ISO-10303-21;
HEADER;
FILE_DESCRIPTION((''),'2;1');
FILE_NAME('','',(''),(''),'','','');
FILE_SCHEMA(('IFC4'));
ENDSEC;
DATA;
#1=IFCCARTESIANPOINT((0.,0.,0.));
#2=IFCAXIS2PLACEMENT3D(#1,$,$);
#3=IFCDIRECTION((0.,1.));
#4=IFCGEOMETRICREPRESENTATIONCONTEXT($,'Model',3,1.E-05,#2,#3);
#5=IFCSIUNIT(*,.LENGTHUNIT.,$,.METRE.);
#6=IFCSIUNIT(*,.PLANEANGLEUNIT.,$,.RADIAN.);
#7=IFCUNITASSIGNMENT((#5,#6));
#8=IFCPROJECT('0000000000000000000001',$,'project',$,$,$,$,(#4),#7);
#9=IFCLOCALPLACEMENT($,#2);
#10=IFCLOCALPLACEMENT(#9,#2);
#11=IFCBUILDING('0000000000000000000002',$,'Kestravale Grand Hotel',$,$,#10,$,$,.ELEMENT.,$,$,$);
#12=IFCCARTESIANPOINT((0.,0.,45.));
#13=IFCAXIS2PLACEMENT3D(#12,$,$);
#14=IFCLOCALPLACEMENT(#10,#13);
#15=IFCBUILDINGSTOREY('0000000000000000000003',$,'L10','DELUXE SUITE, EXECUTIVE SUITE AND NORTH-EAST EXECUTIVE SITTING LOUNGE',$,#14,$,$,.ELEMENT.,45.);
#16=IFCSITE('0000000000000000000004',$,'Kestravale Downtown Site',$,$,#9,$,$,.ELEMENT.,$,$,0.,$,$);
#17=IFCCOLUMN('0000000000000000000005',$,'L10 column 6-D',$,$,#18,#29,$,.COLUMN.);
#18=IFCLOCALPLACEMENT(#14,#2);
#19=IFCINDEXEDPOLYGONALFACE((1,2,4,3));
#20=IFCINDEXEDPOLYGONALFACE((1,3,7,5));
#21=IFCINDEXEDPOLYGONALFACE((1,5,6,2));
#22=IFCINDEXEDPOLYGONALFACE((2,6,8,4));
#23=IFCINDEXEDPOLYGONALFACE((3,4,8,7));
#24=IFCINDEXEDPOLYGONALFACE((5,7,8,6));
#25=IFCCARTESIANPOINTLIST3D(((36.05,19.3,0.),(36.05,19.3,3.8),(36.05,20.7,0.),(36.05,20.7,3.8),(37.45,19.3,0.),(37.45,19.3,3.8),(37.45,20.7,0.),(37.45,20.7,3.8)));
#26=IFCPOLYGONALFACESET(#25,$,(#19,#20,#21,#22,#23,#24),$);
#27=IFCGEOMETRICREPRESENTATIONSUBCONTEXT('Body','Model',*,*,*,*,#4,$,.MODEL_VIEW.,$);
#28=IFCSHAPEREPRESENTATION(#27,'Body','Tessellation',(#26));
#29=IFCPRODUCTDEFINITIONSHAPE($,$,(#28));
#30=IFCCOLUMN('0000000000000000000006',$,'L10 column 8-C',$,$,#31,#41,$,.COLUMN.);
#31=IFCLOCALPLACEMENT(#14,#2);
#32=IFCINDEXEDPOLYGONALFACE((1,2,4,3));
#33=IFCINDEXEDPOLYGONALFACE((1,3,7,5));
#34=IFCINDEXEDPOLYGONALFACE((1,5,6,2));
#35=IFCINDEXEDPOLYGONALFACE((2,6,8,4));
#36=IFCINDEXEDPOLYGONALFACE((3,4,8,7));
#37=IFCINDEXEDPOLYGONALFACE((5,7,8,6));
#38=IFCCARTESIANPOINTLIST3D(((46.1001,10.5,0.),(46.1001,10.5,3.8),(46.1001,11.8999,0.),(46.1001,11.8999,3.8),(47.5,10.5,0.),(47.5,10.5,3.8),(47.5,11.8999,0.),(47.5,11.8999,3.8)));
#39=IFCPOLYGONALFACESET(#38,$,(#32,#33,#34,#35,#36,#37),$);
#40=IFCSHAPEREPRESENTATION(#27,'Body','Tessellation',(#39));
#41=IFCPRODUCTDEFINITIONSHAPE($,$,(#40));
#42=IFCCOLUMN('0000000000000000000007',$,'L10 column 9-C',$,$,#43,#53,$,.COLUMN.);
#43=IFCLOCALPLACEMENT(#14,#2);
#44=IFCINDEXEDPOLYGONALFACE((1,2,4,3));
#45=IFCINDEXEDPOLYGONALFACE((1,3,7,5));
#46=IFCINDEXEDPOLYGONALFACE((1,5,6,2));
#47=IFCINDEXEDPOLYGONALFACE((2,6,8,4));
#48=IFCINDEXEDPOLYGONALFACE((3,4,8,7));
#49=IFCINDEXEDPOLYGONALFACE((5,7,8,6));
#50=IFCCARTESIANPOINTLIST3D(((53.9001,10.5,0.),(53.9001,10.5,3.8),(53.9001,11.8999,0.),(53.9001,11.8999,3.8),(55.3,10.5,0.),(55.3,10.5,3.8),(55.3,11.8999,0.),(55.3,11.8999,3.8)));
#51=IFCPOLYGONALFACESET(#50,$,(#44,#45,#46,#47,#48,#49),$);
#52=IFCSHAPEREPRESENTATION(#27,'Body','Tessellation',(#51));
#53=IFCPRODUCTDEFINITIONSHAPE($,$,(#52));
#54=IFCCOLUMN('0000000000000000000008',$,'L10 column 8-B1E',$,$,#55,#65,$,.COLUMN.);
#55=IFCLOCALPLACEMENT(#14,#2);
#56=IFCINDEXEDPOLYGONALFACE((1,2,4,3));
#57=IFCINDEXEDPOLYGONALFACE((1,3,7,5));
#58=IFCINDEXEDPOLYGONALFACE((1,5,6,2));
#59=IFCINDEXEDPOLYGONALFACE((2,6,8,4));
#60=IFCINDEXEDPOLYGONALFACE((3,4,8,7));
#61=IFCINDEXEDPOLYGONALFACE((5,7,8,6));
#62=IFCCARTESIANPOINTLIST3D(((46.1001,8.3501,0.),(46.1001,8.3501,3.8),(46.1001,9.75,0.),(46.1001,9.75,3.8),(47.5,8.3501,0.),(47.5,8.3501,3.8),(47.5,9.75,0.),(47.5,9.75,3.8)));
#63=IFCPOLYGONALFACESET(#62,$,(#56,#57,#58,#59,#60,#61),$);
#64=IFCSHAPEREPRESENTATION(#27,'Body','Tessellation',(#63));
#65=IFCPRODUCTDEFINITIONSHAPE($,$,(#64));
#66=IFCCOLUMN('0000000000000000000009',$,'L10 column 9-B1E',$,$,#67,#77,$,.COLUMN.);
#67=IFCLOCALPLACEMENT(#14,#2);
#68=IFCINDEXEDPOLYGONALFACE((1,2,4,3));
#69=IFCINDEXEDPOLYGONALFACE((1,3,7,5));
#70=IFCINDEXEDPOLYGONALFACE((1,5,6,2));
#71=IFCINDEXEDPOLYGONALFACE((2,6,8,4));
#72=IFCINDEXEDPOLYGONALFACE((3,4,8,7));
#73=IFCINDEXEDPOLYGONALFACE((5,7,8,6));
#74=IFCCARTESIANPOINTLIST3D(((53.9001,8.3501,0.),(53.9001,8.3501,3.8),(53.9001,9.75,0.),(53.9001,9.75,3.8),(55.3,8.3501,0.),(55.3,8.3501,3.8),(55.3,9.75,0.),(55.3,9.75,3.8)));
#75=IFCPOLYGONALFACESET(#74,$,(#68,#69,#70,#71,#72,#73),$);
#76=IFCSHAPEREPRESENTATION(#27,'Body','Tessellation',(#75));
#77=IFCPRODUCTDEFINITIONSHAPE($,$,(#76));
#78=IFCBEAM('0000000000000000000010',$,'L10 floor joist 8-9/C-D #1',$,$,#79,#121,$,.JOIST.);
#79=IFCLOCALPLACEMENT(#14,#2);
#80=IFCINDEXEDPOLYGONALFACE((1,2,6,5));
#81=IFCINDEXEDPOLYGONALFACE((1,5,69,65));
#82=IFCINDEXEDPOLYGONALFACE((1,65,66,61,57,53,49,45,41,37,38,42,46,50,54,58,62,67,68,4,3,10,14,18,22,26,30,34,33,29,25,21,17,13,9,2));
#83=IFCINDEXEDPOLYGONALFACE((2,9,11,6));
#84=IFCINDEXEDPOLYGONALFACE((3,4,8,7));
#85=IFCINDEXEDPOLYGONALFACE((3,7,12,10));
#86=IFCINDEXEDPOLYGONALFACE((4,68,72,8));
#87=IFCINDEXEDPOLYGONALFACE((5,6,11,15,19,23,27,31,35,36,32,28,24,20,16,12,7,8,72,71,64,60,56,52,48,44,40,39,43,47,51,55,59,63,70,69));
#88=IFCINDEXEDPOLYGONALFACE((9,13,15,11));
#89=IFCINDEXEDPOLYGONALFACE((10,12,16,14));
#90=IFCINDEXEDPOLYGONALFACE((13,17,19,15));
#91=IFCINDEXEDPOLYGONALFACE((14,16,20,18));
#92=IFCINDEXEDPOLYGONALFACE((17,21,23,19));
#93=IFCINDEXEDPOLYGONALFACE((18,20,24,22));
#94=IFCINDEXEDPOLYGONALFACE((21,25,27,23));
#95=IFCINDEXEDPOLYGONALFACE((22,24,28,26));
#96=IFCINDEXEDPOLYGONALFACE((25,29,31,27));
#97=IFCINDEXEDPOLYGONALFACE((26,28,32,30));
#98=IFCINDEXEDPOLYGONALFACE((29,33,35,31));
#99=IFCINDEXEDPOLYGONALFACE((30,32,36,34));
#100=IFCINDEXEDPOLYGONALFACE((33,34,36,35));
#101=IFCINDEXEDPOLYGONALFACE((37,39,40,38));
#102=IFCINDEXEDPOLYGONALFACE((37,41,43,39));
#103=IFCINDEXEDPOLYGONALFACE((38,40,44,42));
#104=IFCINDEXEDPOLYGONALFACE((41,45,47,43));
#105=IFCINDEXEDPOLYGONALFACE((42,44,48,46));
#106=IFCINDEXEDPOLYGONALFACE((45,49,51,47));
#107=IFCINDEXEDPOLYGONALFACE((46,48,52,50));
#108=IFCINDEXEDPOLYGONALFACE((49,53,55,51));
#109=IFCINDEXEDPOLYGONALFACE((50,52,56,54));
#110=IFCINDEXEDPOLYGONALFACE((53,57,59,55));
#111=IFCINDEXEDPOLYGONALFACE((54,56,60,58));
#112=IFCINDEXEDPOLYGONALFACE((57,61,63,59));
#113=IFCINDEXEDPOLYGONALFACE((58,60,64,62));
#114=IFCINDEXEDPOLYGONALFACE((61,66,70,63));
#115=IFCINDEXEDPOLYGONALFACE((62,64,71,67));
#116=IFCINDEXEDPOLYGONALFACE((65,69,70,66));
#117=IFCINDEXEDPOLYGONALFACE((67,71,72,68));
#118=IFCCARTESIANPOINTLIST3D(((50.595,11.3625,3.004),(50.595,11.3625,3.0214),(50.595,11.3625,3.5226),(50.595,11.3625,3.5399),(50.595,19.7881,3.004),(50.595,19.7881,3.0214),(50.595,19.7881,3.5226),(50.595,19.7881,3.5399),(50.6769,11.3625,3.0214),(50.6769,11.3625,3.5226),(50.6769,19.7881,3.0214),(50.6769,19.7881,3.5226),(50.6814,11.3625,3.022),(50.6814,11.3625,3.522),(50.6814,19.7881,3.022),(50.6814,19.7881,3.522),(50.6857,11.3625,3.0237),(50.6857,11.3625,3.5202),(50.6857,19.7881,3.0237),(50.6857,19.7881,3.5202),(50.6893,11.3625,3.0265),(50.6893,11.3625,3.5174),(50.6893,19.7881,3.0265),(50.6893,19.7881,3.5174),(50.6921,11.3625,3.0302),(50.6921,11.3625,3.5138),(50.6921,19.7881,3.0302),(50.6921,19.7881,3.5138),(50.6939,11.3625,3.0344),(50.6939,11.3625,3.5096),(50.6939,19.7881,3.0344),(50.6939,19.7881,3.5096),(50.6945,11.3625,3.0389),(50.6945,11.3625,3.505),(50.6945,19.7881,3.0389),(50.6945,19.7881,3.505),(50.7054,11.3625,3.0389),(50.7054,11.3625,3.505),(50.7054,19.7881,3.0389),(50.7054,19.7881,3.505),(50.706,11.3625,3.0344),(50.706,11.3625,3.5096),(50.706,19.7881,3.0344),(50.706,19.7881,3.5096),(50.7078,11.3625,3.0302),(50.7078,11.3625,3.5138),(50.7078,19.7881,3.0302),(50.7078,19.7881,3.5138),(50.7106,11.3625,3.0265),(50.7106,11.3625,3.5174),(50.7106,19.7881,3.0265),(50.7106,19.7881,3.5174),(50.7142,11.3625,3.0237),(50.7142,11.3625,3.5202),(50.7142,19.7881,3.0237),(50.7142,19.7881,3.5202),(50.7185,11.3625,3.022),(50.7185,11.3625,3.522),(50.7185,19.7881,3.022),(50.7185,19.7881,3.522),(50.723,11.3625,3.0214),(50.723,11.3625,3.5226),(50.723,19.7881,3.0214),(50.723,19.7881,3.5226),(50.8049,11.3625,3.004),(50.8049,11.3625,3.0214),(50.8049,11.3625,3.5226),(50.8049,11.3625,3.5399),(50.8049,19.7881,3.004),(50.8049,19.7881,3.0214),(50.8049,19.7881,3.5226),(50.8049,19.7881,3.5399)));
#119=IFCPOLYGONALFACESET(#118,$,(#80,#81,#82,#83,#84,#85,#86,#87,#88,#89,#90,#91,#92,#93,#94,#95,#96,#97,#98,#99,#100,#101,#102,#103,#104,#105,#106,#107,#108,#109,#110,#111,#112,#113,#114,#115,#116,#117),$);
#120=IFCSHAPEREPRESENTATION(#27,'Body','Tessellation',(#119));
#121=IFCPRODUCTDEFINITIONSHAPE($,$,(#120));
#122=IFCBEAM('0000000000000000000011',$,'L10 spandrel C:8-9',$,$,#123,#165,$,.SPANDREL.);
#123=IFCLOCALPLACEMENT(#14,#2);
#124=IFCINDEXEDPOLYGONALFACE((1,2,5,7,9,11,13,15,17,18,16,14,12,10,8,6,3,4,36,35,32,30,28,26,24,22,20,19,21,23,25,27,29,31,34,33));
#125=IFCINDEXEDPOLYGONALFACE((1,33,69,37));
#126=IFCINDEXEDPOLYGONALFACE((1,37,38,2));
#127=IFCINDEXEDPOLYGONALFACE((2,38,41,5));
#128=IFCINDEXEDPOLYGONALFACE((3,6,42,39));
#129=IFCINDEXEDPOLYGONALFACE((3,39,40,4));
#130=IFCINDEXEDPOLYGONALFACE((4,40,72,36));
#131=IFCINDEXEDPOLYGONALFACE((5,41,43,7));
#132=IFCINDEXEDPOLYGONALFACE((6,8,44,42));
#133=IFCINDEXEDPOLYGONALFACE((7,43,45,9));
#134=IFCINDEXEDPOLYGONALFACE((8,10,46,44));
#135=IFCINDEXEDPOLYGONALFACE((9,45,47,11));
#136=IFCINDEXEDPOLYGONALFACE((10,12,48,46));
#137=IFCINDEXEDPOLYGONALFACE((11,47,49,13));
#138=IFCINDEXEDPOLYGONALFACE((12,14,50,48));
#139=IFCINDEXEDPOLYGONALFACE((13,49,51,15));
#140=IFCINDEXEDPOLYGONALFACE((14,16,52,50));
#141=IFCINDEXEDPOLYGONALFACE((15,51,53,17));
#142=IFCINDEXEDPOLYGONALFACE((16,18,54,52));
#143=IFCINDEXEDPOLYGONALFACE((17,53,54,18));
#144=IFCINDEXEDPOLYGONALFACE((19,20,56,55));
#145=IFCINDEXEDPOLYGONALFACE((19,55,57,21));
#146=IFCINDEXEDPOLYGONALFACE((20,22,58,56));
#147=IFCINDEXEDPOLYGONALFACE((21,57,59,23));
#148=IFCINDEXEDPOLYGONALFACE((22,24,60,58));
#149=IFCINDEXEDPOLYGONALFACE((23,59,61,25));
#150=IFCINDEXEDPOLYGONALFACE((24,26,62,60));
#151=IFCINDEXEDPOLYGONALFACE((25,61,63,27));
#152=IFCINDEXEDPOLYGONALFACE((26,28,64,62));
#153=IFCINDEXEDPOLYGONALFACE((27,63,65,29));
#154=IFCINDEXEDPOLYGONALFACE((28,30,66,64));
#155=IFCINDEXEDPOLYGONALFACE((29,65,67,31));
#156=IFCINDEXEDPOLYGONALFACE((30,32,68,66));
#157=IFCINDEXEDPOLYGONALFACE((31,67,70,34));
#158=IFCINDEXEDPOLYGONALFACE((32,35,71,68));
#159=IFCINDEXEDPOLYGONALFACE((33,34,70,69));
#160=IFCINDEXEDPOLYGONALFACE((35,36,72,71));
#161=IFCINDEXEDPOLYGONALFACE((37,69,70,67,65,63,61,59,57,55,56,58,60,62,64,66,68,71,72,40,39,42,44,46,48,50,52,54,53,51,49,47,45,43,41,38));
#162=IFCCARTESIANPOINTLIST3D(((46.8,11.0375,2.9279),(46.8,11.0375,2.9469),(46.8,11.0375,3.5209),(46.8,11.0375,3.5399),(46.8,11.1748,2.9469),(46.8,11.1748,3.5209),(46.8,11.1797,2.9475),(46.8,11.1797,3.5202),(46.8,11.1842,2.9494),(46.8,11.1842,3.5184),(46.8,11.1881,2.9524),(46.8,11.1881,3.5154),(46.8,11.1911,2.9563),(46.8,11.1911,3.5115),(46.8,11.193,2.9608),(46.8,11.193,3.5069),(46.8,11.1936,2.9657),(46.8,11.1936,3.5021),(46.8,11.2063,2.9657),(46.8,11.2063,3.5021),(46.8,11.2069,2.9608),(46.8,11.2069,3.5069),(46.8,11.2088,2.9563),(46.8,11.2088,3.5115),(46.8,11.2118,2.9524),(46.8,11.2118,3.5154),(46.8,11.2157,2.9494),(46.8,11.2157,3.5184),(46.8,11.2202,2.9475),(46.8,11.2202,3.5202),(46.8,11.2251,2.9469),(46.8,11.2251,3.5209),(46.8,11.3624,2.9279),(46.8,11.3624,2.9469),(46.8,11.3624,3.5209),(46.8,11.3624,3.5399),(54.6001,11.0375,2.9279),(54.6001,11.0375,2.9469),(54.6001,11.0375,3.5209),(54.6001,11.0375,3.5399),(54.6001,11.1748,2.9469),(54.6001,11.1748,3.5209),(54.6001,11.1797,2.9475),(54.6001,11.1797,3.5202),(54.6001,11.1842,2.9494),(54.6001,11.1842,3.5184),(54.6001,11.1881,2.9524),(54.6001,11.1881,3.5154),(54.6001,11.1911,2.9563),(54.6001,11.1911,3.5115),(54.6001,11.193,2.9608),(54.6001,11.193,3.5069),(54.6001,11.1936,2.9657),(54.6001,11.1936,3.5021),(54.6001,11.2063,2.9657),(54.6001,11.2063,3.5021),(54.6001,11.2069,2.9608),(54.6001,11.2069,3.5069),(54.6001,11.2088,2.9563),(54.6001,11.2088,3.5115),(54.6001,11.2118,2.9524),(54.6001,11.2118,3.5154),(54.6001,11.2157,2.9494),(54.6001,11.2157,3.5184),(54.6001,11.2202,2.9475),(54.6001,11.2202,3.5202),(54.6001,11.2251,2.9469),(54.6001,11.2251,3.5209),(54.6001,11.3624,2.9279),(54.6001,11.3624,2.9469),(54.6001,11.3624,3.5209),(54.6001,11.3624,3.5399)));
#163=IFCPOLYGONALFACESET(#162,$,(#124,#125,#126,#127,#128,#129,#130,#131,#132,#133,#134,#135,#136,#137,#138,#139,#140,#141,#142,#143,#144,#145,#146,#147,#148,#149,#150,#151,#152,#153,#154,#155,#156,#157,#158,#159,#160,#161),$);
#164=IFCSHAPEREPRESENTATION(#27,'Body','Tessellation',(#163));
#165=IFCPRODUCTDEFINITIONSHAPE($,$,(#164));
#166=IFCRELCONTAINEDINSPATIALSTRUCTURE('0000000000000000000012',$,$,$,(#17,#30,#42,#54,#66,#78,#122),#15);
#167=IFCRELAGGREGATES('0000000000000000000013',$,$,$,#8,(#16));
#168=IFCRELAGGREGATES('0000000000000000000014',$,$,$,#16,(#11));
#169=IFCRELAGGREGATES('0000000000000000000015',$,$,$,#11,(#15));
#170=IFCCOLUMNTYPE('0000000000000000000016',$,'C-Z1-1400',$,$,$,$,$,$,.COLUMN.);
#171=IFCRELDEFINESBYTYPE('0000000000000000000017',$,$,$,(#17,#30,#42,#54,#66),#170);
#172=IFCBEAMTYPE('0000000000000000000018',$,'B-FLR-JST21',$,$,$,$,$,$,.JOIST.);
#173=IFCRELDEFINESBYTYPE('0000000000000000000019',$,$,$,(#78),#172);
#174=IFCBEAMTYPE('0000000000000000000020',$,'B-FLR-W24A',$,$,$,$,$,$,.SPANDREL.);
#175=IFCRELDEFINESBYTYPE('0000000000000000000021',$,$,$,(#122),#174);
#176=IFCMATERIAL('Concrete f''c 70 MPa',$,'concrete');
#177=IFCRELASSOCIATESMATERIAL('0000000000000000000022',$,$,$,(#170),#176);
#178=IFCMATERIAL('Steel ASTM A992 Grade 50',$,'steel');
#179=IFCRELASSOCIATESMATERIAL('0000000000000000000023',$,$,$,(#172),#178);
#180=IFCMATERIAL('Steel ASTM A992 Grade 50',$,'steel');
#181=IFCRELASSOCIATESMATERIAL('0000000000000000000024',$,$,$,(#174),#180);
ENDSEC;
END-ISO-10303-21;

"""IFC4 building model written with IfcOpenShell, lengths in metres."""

from ifc_helpers import new_model, si_unit, direction, frame, origin, origin_2d, place, context, subcontext, project, spatial, rectangle, i_section, extrude, material, material_profile, profile_set, type_object, element, save


model = new_model("IFC4")

# Units and contexts
model_context = context("Model", 3, precision=1e-05, world=origin(), true_north=direction((0.0, 1.0)))
body_context = subcontext(model_context, "Body", "Model", "MODEL_VIEW")
ifc_project = project(units=[si_unit("LENGTHUNIT", "METRE"), si_unit("PLANEANGLEUNIT", "RADIAN")], contexts=[model_context])

# Site, building, storey
site_placement = place(None, origin())
site = spatial("IfcSite", under=ifc_project, at=site_placement, Name="Kestravale Downtown Site", CompositionType="ELEMENT", RefElevation=0.0)
building_placement = place(site_placement, origin())
building = spatial("IfcBuilding", under=site, at=building_placement, Name="Kestravale Grand Hotel", CompositionType="ELEMENT")
storey_placement = place(building_placement, frame((0.0, 0.0, 45.0)))
storey = spatial("IfcBuildingStorey", under=building, at=storey_placement, Name="L10", Description="DELUXE SUITE, EXECUTIVE SUITE AND NORTH-EAST EXECUTIVE SITTING LOUNGE", CompositionType="ELEMENT", Elevation=45.0)

# Columns
ifc_material_1 = material(Name="Concrete f'c 70 MPa", Category="concrete")
ifc_material_profile_1 = material_profile(ifc_material_1, rectangle(XDim=1.3999, YDim=1.3999, at=origin_2d()))
ifc_profile_set_1 = profile_set([ifc_material_profile_1], Name="Concrete f'c 70 MPa")
column_type = type_object("IfcColumnType", Name="C-Z1-1400", PredefinedType="COLUMN", material=ifc_profile_set_1)
for number, where, z_axis, x_axis, name in (
    (1, (36.75, 20.0, 0.0), (0.0, 0.0, 1.0), (1.0, 0.0, 0.0), "L10 column 6-D"),
    (2, (46.8, 11.2, 0.0), (0.0, 0.0, 1.0), (1.0, 0.0, 0.0), "L10 column 8-C"),
    (3, (54.6001, 11.2, 0.0), (0.0, 0.0, 1.0), (1.0, 0.0, 0.0), "L10 column 9-C"),
    (4, (46.8, 9.05, 0.0), (0.0, 0.0, 1.0), (1.0, 0.0, 0.0), "L10 column 8-B1E"),
    (5, (54.6001, 9.05, 0.0), (0.0, 0.0, 1.0), (1.0, 0.0, 0.0), "L10 column 9-B1E"),
):
    element("IfcColumn", number, at=place(storey_placement, frame(where, z_axis=z_axis, x_axis=x_axis)), inside=storey, type_object=column_type, Name=name, PredefinedType="COLUMN", context=body_context, shape_type="SweptSolid", body=[
        extrude(rectangle(XDim=1.3999, YDim=1.3999, at=origin_2d()), origin(), (0.0, 0.0, 1.0), 3.8),
    ])

# Beams
ifc_material_2 = material(Name="Steel ASTM A992 Grade 50", Category="steel")
ifc_material_profile_2 = material_profile(ifc_material_2, i_section(OverallWidth=0.21, OverallDepth=0.5359, WebThickness=0.011, FlangeThickness=0.0173, FilletRadius=0.0176, at=origin_2d()))
ifc_profile_set_2 = profile_set([ifc_material_profile_2], Name="Steel ASTM A992 Grade 50")
beam_type_1 = type_object("IfcBeamType", Name="B-FLR-JST21", PredefinedType="JOIST", material=ifc_profile_set_2)
beam_1_placement = place(storey_placement, frame((50.7, 11.3625, 3.272), z_axis=(0.0, 1.0, 0.0), x_axis=(-1.0, 0.0, 0.0)))
element("IfcBeam", 6, at=beam_1_placement, inside=storey, type_object=beam_type_1, Name="L10 floor joist 8-9/C-D #1", PredefinedType="JOIST", context=body_context, shape_type="SweptSolid", body=[
    extrude(i_section(OverallWidth=0.21, OverallDepth=0.5359, WebThickness=0.011, FlangeThickness=0.0173, FilletRadius=0.0176, at=origin_2d()), origin(), (0.0, 0.0, 1.0), 8.4255),
])
ifc_material_3 = material(Name="Steel ASTM A992 Grade 50", Category="steel")
ifc_material_profile_3 = material_profile(ifc_material_3, i_section(OverallWidth=0.325, OverallDepth=0.6121, WebThickness=0.0127, FlangeThickness=0.019, FilletRadius=0.0188, at=origin_2d()))
ifc_profile_set_3 = profile_set([ifc_material_profile_3], Name="Steel ASTM A992 Grade 50")
beam_type_2 = type_object("IfcBeamType", Name="B-FLR-W24A", PredefinedType="SPANDREL", material=ifc_profile_set_3)
beam_2_placement = place(storey_placement, frame((46.8, 11.2, 3.2339), z_axis=(1.0, 0.0, 0.0), x_axis=(0.0, 1.0, 0.0)))
element("IfcBeam", 7, at=beam_2_placement, inside=storey, type_object=beam_type_2, Name="L10 spandrel C:8-9", PredefinedType="SPANDREL", context=body_context, shape_type="SweptSolid", body=[
    extrude(i_section(OverallWidth=0.325, OverallDepth=0.6121, WebThickness=0.0127, FlangeThickness=0.019, FilletRadius=0.0188, at=origin_2d()), origin(), (0.0, 0.0, 1.0), 7.8),
])

save(model, "model.ifc")
